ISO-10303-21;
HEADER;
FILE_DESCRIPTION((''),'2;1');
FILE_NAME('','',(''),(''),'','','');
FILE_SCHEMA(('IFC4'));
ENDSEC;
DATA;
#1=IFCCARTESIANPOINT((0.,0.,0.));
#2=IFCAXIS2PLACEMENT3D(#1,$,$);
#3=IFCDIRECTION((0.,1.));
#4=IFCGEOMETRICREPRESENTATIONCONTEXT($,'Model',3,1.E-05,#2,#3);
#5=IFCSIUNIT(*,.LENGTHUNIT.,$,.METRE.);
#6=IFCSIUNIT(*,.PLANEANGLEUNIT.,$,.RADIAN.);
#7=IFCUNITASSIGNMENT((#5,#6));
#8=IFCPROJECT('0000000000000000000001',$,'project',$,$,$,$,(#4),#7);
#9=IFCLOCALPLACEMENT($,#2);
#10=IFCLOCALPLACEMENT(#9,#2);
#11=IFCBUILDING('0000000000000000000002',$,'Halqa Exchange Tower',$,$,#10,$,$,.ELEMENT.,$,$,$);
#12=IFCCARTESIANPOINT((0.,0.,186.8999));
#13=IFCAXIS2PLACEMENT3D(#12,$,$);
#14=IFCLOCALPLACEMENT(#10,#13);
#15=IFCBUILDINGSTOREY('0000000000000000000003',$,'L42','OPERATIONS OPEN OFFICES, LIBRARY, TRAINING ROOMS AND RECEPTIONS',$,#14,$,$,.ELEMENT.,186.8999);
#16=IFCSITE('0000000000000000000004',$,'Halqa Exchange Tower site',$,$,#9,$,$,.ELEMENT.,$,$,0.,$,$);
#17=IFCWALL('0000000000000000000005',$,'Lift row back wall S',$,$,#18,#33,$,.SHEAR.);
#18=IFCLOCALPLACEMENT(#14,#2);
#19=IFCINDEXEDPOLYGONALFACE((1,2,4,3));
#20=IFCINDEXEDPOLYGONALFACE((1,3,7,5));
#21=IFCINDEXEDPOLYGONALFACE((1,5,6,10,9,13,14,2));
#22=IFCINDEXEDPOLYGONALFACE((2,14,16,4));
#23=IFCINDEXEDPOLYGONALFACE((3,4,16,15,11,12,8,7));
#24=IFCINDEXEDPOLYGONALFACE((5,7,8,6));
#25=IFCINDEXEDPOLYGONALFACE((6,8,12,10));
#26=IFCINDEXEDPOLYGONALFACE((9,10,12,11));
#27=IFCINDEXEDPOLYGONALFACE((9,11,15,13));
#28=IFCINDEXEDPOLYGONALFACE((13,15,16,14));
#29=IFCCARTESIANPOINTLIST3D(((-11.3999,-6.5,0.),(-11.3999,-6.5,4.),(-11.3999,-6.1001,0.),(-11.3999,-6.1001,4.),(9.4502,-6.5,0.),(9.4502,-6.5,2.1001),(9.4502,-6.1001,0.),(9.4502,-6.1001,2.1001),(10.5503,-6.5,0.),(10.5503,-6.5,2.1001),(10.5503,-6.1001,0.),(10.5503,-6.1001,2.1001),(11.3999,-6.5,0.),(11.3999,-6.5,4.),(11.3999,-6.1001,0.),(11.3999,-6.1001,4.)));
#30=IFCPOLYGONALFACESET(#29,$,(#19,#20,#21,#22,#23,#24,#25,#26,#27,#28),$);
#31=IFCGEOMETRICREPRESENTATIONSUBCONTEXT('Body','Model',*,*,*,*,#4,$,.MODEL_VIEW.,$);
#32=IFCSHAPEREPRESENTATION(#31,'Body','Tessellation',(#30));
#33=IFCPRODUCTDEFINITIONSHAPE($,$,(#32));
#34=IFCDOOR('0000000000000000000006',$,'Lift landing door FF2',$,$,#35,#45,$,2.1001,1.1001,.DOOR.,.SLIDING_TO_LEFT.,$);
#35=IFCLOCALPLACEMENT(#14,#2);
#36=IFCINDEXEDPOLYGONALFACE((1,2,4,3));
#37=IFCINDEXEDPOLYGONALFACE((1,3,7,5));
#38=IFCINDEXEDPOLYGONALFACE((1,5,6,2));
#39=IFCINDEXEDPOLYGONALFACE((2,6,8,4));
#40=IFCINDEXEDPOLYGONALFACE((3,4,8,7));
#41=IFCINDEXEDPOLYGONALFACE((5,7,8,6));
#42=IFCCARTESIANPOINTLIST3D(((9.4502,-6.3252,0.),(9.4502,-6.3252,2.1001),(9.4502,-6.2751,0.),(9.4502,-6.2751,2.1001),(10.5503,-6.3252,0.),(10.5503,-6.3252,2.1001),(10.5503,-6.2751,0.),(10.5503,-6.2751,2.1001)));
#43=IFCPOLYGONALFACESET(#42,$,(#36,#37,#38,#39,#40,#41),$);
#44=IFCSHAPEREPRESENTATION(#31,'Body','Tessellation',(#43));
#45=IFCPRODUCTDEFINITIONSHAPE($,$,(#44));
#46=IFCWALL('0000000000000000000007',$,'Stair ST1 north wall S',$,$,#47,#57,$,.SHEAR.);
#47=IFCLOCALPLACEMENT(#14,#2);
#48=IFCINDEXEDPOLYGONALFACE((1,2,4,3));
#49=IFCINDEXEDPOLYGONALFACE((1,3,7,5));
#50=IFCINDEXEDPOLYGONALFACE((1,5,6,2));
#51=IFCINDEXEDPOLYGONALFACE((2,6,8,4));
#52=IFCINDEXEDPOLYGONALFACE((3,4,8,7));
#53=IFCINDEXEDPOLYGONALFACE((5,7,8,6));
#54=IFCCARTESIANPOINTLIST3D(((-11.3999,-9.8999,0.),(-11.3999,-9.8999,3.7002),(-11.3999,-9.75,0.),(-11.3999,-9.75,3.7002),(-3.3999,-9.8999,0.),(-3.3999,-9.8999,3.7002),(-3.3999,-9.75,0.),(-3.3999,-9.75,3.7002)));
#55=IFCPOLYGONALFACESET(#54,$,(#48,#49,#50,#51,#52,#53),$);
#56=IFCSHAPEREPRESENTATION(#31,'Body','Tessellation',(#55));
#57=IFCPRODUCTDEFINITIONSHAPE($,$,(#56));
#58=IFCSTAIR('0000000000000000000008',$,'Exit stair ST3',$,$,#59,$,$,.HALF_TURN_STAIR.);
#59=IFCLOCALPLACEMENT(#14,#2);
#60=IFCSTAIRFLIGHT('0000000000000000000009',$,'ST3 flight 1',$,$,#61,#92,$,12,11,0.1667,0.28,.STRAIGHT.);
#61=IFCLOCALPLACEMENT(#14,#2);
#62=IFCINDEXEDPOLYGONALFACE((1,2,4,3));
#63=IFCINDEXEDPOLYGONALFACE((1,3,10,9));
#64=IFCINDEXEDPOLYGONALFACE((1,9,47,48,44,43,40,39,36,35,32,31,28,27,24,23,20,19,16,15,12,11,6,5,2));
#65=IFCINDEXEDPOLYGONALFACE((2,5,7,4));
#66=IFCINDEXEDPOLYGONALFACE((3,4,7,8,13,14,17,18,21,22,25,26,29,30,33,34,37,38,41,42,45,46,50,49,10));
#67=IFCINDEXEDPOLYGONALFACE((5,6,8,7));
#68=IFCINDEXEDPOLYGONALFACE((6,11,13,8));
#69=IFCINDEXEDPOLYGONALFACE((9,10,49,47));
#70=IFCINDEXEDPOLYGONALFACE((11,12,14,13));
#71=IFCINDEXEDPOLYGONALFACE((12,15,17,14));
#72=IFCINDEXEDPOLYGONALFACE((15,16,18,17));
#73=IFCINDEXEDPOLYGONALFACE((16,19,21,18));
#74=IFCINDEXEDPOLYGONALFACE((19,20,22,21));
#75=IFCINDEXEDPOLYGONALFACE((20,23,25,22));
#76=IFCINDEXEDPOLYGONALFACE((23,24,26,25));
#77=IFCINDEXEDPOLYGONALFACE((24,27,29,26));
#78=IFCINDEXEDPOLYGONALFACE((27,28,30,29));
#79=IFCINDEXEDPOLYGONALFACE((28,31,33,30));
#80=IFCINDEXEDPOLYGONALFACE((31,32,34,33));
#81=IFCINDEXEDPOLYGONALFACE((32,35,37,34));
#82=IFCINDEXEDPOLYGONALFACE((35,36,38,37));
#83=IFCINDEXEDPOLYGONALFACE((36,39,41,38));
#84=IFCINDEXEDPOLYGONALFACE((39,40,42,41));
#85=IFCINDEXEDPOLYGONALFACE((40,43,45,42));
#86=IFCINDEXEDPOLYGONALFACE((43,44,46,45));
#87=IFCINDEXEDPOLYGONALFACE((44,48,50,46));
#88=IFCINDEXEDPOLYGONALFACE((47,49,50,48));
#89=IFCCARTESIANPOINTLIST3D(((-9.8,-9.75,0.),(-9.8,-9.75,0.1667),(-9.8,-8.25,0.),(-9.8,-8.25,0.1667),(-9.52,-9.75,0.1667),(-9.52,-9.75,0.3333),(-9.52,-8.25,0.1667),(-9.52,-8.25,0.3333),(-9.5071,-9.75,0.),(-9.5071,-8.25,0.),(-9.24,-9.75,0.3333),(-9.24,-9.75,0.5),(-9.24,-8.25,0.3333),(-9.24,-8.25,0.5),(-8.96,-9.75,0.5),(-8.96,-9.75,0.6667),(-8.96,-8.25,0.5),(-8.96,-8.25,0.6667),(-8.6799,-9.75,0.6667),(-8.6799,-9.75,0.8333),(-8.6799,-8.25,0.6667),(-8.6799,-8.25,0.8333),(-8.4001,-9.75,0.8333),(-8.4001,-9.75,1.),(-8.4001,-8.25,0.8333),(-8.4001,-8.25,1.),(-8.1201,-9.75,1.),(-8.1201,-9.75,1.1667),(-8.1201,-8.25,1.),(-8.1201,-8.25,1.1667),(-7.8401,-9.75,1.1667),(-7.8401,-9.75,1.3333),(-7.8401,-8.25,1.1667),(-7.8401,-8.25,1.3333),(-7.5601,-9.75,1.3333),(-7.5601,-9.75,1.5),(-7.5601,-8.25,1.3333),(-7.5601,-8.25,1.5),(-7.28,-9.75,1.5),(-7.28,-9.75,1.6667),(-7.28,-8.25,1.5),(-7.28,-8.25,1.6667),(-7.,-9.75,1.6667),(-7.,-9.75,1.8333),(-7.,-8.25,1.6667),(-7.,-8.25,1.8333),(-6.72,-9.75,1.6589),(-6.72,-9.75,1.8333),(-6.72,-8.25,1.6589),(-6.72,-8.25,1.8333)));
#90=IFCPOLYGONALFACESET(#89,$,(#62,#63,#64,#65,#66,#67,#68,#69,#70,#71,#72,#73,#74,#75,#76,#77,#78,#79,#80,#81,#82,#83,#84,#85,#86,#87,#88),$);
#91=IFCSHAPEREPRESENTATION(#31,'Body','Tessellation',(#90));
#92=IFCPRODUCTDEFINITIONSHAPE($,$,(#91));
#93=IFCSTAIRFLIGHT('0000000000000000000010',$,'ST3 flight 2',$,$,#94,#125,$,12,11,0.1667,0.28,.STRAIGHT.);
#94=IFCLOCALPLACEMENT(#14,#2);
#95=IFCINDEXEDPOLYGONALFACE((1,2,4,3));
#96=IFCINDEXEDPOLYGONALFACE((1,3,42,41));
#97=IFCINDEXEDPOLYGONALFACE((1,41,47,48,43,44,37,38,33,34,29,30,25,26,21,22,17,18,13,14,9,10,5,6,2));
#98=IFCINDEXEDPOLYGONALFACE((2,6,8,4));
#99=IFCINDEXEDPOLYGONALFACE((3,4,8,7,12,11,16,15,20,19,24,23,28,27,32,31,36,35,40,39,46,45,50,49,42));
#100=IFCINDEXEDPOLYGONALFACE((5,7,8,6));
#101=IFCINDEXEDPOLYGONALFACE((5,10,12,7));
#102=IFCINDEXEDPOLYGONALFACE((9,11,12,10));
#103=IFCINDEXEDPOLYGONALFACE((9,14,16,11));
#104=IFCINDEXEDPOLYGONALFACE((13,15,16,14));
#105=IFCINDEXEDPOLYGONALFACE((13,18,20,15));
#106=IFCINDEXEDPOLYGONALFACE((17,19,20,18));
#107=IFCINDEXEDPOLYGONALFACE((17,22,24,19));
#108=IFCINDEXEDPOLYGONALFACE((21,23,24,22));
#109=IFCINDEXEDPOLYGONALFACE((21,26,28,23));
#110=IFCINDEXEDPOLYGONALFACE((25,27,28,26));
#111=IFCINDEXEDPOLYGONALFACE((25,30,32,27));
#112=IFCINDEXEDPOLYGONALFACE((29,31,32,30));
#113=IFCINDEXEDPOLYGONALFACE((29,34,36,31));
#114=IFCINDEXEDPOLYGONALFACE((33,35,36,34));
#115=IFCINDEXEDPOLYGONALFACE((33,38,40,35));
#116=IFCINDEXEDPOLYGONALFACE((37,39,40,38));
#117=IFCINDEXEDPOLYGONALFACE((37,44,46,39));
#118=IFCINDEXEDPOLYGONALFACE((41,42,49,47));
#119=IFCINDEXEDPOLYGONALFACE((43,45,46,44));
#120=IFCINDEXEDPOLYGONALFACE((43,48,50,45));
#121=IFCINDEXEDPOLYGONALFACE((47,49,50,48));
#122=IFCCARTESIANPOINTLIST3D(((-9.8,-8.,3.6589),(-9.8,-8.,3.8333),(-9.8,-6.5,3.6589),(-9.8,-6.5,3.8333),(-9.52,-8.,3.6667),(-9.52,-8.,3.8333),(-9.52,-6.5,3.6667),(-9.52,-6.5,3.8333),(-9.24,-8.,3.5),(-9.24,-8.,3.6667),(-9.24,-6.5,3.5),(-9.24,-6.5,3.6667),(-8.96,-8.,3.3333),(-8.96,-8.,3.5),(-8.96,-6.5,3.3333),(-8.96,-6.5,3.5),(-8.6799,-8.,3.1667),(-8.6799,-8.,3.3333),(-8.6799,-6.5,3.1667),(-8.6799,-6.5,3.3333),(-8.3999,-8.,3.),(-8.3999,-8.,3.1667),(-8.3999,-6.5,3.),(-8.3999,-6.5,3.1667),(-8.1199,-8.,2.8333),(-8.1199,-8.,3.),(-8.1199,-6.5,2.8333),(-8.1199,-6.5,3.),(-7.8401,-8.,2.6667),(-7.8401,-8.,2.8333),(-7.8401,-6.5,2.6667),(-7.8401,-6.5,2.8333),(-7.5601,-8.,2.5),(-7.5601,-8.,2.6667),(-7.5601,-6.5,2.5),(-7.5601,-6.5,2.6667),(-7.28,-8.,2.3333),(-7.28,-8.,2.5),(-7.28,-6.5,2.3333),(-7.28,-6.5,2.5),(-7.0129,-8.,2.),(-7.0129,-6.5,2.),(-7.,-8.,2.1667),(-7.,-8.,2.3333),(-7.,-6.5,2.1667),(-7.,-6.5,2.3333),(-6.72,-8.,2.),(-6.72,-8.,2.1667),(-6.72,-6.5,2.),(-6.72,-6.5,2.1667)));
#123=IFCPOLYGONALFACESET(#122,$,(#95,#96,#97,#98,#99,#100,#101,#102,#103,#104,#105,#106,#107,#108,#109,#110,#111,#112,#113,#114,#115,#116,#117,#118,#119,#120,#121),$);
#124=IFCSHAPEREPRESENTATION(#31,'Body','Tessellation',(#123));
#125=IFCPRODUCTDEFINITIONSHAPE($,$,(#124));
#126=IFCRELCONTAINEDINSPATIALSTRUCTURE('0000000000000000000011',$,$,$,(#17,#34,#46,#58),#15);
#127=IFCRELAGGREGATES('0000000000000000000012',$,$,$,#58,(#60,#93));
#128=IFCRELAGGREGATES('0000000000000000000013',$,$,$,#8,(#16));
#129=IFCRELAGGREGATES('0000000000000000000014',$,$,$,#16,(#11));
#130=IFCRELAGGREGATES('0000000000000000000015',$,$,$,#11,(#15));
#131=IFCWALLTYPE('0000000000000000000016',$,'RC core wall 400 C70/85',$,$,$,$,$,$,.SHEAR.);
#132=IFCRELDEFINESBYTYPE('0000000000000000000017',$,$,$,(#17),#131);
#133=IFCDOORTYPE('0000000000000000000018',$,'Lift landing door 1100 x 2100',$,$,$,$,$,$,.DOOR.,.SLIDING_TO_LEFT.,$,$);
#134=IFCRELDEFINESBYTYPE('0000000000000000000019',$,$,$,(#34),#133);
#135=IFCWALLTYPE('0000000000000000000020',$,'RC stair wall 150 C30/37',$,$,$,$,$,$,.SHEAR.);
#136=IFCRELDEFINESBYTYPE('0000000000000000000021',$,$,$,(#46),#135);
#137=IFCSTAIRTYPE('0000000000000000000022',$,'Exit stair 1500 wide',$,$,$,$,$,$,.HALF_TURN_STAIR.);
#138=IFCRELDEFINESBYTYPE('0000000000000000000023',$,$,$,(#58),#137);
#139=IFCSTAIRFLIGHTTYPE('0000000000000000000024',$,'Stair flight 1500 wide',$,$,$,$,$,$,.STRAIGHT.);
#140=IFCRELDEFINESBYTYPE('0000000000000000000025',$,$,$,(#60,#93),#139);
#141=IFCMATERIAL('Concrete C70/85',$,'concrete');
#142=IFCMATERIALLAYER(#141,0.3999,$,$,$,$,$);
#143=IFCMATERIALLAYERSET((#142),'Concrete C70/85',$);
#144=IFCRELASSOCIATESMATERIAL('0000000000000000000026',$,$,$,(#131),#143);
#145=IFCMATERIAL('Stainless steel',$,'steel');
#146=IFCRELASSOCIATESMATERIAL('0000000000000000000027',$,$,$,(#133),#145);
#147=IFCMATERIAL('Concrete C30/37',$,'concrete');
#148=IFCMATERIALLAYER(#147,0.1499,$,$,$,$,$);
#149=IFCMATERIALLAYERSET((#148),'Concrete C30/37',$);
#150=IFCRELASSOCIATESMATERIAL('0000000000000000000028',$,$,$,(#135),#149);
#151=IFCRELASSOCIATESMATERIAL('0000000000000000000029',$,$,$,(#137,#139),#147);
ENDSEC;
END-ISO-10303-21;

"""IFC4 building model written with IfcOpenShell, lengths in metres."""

from ifc_helpers import new_model, si_unit, direction, frame, frame_2d, origin, place, context, subcontext, project, spatial, polyline, rectangle, outline, extrude, material, layer, layer_set, type_object, element, fill, aggregate, save


model = new_model("IFC4")

# Units and contexts
model_context = context("Model", 3, precision=1e-05, world=origin(), true_north=direction((0.0, 1.0)))
body_context = subcontext(model_context, "Body", "Model", "MODEL_VIEW")
ifc_project = project(units=[si_unit("LENGTHUNIT", "METRE"), si_unit("PLANEANGLEUNIT", "RADIAN")], contexts=[model_context])

# Site, building, storey
site_placement = place(None, origin())
site = spatial("IfcSite", under=ifc_project, at=site_placement, Name="Halqa Exchange Tower site", CompositionType="ELEMENT", RefElevation=0.0)
building_placement = place(site_placement, origin())
building = spatial("IfcBuilding", under=site, at=building_placement, Name="Halqa Exchange Tower", CompositionType="ELEMENT")
storey_placement = place(building_placement, frame((0.0, 0.0, 186.8999)))
storey = spatial("IfcBuildingStorey", under=building, at=storey_placement, Name="L42", Description="OPERATIONS OPEN OFFICES, LIBRARY, TRAINING ROOMS AND RECEPTIONS", CompositionType="ELEMENT", Elevation=186.8999)

# Shared definitions
ifc_material_1 = material(Name="Concrete C70/85", Category="concrete")
ifc_layer_1 = layer(ifc_material_1, 0.3999)
ifc_layer_set_1 = layer_set([ifc_layer_1], Name="Concrete C70/85")
wall_type_1 = type_object("IfcWallType", Name="RC core wall 400 C70/85", PredefinedType="SHEAR", material=ifc_layer_set_1)
ifc_material_2 = material(Name="Stainless steel", Category="steel")
door_type_1 = type_object("IfcDoorType", Name="Lift landing door 1100 x 2100", OperationType="SLIDING_TO_LEFT", PredefinedType="DOOR", material=ifc_material_2)

# Wall, opening, door
wall_1_placement = place(storey_placement, frame((-11.3999, -6.3, 0.0), z_axis=(0.0, 0.0, 1.0), x_axis=(1.0, 0.0, 0.0)))
wall_1 = element("IfcWall", 1, at=wall_1_placement, inside=storey, type_object=wall_type_1, Name="Lift row back wall S", PredefinedType="SHEAR", context=body_context, shape_type="SweptSolid", body=[
    extrude(rectangle(XDim=22.7998, YDim=0.3999, at=frame_2d((11.3999, 0.0))), origin(), (0.0, 0.0, 1.0), 4.0),
])
opening_1_placement = place(wall_1_placement, frame((20.8501, 0.0, 0.0)))
opening_1 = element("IfcOpeningElement", 2, at=opening_1_placement, cuts=wall_1, PredefinedType="OPENING", context=body_context, shape_type="SweptSolid", body=[
    extrude(rectangle(XDim=1.1001, YDim=2.1001, at=frame_2d((0.55, 1.05))), frame((0.0, 0.2119, 0.0), z_axis=(0.0, -1.0, 0.0), x_axis=(1.0, 0.0, 0.0)), (0.0, 0.0, 1.0), 0.4238),
])
door_1_placement = place(opening_1_placement, origin())
door_1 = element("IfcDoor", 3, at=door_1_placement, inside=storey, type_object=door_type_1, Name="Lift landing door FF2", OperationType="SLIDING_TO_LEFT", OverallHeight=2.1001, OverallWidth=1.1001, PredefinedType="DOOR", context=body_context, shape_type="SweptSolid", body=[
    extrude(rectangle(XDim=1.1001, YDim=2.1001, at=frame_2d((0.55, 1.05))), frame((0.0, 0.0249, 0.0), z_axis=(0.0, -1.0, 0.0), x_axis=(1.0, 0.0, 0.0)), (0.0, 0.0, 1.0), 0.05),
])
fill(opening_1, door_1)

# Wall
ifc_material_3 = material(Name="Concrete C30/37", Category="concrete")
ifc_layer_2 = layer(ifc_material_3, 0.1499)
ifc_layer_set_2 = layer_set([ifc_layer_2], Name="Concrete C30/37")
wall_type_2 = type_object("IfcWallType", Name="RC stair wall 150 C30/37", PredefinedType="SHEAR", material=ifc_layer_set_2)
wall_2_placement = place(storey_placement, frame((-11.3999, -9.825, 0.0), z_axis=(0.0, 0.0, 1.0), x_axis=(1.0, 0.0, 0.0)))
element("IfcWall", 4, at=wall_2_placement, inside=storey, type_object=wall_type_2, Name="Stair ST1 north wall S", PredefinedType="SHEAR", context=body_context, shape_type="SweptSolid", body=[
    extrude(rectangle(XDim=8.0, YDim=0.1499, at=frame_2d((4.0, 0.0))), origin(), (0.0, 0.0, 1.0), 3.7002),
])

# Stair, stair flights
stair_type = type_object("IfcStairType", Name="Exit stair 1500 wide", PredefinedType="HALF_TURN_STAIR", material=ifc_material_3)
stair_placement = place(storey_placement, origin())
stair = element("IfcStair", 5, at=stair_placement, inside=storey, type_object=stair_type, Name="Exit stair ST3", PredefinedType="HALF_TURN_STAIR")
stair_flight_type = type_object("IfcStairFlightType", Name="Stair flight 1500 wide", PredefinedType="STRAIGHT", material=ifc_material_3)
stair_flight_1_placement = place(storey_placement, frame((-9.8, -9.0, 0.0), z_axis=(0.0, 0.0, 1.0), x_axis=(1.0, 0.0, 0.0)))
stair_flight_1 = element("IfcStairFlight", 6, at=stair_flight_1_placement, type_object=stair_flight_type, Name="ST3 flight 1", NumberOfRisers=12, NumberOfTreads=11, PredefinedType="STRAIGHT", RiserHeight=0.1667, TreadLength=0.28, context=body_context, shape_type="SweptSolid", body=[
    extrude(outline(polyline([(0.0, 0.0), (0.0, 0.1667), (0.28, 0.1667), (0.28, 0.3333), (0.5601, 0.3333), (0.5601, 0.5), (0.8401, 0.5), (0.8401, 0.6667), (1.1201, 0.6667), (1.1201, 0.8333), (1.3999, 0.8333), (1.3999, 1.0), (1.6799, 1.0), (1.6799, 1.1667), (1.96, 1.1667), (1.96, 1.3333), (2.24, 1.3333), (2.24, 1.5), (2.52, 1.5), (2.52, 1.6667), (2.8, 1.6667), (2.8, 1.8333), (3.0801, 1.8333), (3.0801, 2.0), (3.0801, 1.6589), (0.293, 0.0), (0.0, 0.0)])), frame((0.0, 0.75, 0.0), z_axis=(0.0, -1.0, 0.0), x_axis=(1.0, 0.0, 0.0)), (0.0, 0.0, 1.0), 1.5),
])
stair_flight_2_placement = place(storey_placement, frame((-6.72, -7.25, 2.0), z_axis=(0.0, 0.0, 1.0), x_axis=(-1.0, 0.0, 0.0)))
stair_flight_2 = element("IfcStairFlight", 7, at=stair_flight_2_placement, type_object=stair_flight_type, Name="ST3 flight 2", NumberOfRisers=12, NumberOfTreads=11, PredefinedType="STRAIGHT", RiserHeight=0.1667, TreadLength=0.28, context=body_context, shape_type="SweptSolid", body=[
    extrude(outline(polyline([(0.0, 0.0), (0.0, 0.1667), (0.28, 0.1667), (0.28, 0.3333), (0.5601, 0.3333), (0.5601, 0.5), (0.8401, 0.5), (0.8401, 0.6667), (1.1201, 0.6667), (1.1201, 0.8333), (1.3999, 0.8333), (1.3999, 1.0), (1.6799, 1.0), (1.6799, 1.1667), (1.96, 1.1667), (1.96, 1.3333), (2.24, 1.3333), (2.24, 1.5), (2.52, 1.5), (2.52, 1.6667), (2.8, 1.6667), (2.8, 1.8333), (3.0801, 1.8333), (3.0801, 2.0), (3.0801, 1.6589), (0.293, 0.0), (0.0, 0.0)])), frame((0.0, 0.75, 0.0), z_axis=(0.0, -1.0, 0.0), x_axis=(1.0, 0.0, 0.0)), (0.0, 0.0, 1.0), 1.5),
])
aggregate(stair, [stair_flight_1, stair_flight_2])

save(model, "model.ifc")
